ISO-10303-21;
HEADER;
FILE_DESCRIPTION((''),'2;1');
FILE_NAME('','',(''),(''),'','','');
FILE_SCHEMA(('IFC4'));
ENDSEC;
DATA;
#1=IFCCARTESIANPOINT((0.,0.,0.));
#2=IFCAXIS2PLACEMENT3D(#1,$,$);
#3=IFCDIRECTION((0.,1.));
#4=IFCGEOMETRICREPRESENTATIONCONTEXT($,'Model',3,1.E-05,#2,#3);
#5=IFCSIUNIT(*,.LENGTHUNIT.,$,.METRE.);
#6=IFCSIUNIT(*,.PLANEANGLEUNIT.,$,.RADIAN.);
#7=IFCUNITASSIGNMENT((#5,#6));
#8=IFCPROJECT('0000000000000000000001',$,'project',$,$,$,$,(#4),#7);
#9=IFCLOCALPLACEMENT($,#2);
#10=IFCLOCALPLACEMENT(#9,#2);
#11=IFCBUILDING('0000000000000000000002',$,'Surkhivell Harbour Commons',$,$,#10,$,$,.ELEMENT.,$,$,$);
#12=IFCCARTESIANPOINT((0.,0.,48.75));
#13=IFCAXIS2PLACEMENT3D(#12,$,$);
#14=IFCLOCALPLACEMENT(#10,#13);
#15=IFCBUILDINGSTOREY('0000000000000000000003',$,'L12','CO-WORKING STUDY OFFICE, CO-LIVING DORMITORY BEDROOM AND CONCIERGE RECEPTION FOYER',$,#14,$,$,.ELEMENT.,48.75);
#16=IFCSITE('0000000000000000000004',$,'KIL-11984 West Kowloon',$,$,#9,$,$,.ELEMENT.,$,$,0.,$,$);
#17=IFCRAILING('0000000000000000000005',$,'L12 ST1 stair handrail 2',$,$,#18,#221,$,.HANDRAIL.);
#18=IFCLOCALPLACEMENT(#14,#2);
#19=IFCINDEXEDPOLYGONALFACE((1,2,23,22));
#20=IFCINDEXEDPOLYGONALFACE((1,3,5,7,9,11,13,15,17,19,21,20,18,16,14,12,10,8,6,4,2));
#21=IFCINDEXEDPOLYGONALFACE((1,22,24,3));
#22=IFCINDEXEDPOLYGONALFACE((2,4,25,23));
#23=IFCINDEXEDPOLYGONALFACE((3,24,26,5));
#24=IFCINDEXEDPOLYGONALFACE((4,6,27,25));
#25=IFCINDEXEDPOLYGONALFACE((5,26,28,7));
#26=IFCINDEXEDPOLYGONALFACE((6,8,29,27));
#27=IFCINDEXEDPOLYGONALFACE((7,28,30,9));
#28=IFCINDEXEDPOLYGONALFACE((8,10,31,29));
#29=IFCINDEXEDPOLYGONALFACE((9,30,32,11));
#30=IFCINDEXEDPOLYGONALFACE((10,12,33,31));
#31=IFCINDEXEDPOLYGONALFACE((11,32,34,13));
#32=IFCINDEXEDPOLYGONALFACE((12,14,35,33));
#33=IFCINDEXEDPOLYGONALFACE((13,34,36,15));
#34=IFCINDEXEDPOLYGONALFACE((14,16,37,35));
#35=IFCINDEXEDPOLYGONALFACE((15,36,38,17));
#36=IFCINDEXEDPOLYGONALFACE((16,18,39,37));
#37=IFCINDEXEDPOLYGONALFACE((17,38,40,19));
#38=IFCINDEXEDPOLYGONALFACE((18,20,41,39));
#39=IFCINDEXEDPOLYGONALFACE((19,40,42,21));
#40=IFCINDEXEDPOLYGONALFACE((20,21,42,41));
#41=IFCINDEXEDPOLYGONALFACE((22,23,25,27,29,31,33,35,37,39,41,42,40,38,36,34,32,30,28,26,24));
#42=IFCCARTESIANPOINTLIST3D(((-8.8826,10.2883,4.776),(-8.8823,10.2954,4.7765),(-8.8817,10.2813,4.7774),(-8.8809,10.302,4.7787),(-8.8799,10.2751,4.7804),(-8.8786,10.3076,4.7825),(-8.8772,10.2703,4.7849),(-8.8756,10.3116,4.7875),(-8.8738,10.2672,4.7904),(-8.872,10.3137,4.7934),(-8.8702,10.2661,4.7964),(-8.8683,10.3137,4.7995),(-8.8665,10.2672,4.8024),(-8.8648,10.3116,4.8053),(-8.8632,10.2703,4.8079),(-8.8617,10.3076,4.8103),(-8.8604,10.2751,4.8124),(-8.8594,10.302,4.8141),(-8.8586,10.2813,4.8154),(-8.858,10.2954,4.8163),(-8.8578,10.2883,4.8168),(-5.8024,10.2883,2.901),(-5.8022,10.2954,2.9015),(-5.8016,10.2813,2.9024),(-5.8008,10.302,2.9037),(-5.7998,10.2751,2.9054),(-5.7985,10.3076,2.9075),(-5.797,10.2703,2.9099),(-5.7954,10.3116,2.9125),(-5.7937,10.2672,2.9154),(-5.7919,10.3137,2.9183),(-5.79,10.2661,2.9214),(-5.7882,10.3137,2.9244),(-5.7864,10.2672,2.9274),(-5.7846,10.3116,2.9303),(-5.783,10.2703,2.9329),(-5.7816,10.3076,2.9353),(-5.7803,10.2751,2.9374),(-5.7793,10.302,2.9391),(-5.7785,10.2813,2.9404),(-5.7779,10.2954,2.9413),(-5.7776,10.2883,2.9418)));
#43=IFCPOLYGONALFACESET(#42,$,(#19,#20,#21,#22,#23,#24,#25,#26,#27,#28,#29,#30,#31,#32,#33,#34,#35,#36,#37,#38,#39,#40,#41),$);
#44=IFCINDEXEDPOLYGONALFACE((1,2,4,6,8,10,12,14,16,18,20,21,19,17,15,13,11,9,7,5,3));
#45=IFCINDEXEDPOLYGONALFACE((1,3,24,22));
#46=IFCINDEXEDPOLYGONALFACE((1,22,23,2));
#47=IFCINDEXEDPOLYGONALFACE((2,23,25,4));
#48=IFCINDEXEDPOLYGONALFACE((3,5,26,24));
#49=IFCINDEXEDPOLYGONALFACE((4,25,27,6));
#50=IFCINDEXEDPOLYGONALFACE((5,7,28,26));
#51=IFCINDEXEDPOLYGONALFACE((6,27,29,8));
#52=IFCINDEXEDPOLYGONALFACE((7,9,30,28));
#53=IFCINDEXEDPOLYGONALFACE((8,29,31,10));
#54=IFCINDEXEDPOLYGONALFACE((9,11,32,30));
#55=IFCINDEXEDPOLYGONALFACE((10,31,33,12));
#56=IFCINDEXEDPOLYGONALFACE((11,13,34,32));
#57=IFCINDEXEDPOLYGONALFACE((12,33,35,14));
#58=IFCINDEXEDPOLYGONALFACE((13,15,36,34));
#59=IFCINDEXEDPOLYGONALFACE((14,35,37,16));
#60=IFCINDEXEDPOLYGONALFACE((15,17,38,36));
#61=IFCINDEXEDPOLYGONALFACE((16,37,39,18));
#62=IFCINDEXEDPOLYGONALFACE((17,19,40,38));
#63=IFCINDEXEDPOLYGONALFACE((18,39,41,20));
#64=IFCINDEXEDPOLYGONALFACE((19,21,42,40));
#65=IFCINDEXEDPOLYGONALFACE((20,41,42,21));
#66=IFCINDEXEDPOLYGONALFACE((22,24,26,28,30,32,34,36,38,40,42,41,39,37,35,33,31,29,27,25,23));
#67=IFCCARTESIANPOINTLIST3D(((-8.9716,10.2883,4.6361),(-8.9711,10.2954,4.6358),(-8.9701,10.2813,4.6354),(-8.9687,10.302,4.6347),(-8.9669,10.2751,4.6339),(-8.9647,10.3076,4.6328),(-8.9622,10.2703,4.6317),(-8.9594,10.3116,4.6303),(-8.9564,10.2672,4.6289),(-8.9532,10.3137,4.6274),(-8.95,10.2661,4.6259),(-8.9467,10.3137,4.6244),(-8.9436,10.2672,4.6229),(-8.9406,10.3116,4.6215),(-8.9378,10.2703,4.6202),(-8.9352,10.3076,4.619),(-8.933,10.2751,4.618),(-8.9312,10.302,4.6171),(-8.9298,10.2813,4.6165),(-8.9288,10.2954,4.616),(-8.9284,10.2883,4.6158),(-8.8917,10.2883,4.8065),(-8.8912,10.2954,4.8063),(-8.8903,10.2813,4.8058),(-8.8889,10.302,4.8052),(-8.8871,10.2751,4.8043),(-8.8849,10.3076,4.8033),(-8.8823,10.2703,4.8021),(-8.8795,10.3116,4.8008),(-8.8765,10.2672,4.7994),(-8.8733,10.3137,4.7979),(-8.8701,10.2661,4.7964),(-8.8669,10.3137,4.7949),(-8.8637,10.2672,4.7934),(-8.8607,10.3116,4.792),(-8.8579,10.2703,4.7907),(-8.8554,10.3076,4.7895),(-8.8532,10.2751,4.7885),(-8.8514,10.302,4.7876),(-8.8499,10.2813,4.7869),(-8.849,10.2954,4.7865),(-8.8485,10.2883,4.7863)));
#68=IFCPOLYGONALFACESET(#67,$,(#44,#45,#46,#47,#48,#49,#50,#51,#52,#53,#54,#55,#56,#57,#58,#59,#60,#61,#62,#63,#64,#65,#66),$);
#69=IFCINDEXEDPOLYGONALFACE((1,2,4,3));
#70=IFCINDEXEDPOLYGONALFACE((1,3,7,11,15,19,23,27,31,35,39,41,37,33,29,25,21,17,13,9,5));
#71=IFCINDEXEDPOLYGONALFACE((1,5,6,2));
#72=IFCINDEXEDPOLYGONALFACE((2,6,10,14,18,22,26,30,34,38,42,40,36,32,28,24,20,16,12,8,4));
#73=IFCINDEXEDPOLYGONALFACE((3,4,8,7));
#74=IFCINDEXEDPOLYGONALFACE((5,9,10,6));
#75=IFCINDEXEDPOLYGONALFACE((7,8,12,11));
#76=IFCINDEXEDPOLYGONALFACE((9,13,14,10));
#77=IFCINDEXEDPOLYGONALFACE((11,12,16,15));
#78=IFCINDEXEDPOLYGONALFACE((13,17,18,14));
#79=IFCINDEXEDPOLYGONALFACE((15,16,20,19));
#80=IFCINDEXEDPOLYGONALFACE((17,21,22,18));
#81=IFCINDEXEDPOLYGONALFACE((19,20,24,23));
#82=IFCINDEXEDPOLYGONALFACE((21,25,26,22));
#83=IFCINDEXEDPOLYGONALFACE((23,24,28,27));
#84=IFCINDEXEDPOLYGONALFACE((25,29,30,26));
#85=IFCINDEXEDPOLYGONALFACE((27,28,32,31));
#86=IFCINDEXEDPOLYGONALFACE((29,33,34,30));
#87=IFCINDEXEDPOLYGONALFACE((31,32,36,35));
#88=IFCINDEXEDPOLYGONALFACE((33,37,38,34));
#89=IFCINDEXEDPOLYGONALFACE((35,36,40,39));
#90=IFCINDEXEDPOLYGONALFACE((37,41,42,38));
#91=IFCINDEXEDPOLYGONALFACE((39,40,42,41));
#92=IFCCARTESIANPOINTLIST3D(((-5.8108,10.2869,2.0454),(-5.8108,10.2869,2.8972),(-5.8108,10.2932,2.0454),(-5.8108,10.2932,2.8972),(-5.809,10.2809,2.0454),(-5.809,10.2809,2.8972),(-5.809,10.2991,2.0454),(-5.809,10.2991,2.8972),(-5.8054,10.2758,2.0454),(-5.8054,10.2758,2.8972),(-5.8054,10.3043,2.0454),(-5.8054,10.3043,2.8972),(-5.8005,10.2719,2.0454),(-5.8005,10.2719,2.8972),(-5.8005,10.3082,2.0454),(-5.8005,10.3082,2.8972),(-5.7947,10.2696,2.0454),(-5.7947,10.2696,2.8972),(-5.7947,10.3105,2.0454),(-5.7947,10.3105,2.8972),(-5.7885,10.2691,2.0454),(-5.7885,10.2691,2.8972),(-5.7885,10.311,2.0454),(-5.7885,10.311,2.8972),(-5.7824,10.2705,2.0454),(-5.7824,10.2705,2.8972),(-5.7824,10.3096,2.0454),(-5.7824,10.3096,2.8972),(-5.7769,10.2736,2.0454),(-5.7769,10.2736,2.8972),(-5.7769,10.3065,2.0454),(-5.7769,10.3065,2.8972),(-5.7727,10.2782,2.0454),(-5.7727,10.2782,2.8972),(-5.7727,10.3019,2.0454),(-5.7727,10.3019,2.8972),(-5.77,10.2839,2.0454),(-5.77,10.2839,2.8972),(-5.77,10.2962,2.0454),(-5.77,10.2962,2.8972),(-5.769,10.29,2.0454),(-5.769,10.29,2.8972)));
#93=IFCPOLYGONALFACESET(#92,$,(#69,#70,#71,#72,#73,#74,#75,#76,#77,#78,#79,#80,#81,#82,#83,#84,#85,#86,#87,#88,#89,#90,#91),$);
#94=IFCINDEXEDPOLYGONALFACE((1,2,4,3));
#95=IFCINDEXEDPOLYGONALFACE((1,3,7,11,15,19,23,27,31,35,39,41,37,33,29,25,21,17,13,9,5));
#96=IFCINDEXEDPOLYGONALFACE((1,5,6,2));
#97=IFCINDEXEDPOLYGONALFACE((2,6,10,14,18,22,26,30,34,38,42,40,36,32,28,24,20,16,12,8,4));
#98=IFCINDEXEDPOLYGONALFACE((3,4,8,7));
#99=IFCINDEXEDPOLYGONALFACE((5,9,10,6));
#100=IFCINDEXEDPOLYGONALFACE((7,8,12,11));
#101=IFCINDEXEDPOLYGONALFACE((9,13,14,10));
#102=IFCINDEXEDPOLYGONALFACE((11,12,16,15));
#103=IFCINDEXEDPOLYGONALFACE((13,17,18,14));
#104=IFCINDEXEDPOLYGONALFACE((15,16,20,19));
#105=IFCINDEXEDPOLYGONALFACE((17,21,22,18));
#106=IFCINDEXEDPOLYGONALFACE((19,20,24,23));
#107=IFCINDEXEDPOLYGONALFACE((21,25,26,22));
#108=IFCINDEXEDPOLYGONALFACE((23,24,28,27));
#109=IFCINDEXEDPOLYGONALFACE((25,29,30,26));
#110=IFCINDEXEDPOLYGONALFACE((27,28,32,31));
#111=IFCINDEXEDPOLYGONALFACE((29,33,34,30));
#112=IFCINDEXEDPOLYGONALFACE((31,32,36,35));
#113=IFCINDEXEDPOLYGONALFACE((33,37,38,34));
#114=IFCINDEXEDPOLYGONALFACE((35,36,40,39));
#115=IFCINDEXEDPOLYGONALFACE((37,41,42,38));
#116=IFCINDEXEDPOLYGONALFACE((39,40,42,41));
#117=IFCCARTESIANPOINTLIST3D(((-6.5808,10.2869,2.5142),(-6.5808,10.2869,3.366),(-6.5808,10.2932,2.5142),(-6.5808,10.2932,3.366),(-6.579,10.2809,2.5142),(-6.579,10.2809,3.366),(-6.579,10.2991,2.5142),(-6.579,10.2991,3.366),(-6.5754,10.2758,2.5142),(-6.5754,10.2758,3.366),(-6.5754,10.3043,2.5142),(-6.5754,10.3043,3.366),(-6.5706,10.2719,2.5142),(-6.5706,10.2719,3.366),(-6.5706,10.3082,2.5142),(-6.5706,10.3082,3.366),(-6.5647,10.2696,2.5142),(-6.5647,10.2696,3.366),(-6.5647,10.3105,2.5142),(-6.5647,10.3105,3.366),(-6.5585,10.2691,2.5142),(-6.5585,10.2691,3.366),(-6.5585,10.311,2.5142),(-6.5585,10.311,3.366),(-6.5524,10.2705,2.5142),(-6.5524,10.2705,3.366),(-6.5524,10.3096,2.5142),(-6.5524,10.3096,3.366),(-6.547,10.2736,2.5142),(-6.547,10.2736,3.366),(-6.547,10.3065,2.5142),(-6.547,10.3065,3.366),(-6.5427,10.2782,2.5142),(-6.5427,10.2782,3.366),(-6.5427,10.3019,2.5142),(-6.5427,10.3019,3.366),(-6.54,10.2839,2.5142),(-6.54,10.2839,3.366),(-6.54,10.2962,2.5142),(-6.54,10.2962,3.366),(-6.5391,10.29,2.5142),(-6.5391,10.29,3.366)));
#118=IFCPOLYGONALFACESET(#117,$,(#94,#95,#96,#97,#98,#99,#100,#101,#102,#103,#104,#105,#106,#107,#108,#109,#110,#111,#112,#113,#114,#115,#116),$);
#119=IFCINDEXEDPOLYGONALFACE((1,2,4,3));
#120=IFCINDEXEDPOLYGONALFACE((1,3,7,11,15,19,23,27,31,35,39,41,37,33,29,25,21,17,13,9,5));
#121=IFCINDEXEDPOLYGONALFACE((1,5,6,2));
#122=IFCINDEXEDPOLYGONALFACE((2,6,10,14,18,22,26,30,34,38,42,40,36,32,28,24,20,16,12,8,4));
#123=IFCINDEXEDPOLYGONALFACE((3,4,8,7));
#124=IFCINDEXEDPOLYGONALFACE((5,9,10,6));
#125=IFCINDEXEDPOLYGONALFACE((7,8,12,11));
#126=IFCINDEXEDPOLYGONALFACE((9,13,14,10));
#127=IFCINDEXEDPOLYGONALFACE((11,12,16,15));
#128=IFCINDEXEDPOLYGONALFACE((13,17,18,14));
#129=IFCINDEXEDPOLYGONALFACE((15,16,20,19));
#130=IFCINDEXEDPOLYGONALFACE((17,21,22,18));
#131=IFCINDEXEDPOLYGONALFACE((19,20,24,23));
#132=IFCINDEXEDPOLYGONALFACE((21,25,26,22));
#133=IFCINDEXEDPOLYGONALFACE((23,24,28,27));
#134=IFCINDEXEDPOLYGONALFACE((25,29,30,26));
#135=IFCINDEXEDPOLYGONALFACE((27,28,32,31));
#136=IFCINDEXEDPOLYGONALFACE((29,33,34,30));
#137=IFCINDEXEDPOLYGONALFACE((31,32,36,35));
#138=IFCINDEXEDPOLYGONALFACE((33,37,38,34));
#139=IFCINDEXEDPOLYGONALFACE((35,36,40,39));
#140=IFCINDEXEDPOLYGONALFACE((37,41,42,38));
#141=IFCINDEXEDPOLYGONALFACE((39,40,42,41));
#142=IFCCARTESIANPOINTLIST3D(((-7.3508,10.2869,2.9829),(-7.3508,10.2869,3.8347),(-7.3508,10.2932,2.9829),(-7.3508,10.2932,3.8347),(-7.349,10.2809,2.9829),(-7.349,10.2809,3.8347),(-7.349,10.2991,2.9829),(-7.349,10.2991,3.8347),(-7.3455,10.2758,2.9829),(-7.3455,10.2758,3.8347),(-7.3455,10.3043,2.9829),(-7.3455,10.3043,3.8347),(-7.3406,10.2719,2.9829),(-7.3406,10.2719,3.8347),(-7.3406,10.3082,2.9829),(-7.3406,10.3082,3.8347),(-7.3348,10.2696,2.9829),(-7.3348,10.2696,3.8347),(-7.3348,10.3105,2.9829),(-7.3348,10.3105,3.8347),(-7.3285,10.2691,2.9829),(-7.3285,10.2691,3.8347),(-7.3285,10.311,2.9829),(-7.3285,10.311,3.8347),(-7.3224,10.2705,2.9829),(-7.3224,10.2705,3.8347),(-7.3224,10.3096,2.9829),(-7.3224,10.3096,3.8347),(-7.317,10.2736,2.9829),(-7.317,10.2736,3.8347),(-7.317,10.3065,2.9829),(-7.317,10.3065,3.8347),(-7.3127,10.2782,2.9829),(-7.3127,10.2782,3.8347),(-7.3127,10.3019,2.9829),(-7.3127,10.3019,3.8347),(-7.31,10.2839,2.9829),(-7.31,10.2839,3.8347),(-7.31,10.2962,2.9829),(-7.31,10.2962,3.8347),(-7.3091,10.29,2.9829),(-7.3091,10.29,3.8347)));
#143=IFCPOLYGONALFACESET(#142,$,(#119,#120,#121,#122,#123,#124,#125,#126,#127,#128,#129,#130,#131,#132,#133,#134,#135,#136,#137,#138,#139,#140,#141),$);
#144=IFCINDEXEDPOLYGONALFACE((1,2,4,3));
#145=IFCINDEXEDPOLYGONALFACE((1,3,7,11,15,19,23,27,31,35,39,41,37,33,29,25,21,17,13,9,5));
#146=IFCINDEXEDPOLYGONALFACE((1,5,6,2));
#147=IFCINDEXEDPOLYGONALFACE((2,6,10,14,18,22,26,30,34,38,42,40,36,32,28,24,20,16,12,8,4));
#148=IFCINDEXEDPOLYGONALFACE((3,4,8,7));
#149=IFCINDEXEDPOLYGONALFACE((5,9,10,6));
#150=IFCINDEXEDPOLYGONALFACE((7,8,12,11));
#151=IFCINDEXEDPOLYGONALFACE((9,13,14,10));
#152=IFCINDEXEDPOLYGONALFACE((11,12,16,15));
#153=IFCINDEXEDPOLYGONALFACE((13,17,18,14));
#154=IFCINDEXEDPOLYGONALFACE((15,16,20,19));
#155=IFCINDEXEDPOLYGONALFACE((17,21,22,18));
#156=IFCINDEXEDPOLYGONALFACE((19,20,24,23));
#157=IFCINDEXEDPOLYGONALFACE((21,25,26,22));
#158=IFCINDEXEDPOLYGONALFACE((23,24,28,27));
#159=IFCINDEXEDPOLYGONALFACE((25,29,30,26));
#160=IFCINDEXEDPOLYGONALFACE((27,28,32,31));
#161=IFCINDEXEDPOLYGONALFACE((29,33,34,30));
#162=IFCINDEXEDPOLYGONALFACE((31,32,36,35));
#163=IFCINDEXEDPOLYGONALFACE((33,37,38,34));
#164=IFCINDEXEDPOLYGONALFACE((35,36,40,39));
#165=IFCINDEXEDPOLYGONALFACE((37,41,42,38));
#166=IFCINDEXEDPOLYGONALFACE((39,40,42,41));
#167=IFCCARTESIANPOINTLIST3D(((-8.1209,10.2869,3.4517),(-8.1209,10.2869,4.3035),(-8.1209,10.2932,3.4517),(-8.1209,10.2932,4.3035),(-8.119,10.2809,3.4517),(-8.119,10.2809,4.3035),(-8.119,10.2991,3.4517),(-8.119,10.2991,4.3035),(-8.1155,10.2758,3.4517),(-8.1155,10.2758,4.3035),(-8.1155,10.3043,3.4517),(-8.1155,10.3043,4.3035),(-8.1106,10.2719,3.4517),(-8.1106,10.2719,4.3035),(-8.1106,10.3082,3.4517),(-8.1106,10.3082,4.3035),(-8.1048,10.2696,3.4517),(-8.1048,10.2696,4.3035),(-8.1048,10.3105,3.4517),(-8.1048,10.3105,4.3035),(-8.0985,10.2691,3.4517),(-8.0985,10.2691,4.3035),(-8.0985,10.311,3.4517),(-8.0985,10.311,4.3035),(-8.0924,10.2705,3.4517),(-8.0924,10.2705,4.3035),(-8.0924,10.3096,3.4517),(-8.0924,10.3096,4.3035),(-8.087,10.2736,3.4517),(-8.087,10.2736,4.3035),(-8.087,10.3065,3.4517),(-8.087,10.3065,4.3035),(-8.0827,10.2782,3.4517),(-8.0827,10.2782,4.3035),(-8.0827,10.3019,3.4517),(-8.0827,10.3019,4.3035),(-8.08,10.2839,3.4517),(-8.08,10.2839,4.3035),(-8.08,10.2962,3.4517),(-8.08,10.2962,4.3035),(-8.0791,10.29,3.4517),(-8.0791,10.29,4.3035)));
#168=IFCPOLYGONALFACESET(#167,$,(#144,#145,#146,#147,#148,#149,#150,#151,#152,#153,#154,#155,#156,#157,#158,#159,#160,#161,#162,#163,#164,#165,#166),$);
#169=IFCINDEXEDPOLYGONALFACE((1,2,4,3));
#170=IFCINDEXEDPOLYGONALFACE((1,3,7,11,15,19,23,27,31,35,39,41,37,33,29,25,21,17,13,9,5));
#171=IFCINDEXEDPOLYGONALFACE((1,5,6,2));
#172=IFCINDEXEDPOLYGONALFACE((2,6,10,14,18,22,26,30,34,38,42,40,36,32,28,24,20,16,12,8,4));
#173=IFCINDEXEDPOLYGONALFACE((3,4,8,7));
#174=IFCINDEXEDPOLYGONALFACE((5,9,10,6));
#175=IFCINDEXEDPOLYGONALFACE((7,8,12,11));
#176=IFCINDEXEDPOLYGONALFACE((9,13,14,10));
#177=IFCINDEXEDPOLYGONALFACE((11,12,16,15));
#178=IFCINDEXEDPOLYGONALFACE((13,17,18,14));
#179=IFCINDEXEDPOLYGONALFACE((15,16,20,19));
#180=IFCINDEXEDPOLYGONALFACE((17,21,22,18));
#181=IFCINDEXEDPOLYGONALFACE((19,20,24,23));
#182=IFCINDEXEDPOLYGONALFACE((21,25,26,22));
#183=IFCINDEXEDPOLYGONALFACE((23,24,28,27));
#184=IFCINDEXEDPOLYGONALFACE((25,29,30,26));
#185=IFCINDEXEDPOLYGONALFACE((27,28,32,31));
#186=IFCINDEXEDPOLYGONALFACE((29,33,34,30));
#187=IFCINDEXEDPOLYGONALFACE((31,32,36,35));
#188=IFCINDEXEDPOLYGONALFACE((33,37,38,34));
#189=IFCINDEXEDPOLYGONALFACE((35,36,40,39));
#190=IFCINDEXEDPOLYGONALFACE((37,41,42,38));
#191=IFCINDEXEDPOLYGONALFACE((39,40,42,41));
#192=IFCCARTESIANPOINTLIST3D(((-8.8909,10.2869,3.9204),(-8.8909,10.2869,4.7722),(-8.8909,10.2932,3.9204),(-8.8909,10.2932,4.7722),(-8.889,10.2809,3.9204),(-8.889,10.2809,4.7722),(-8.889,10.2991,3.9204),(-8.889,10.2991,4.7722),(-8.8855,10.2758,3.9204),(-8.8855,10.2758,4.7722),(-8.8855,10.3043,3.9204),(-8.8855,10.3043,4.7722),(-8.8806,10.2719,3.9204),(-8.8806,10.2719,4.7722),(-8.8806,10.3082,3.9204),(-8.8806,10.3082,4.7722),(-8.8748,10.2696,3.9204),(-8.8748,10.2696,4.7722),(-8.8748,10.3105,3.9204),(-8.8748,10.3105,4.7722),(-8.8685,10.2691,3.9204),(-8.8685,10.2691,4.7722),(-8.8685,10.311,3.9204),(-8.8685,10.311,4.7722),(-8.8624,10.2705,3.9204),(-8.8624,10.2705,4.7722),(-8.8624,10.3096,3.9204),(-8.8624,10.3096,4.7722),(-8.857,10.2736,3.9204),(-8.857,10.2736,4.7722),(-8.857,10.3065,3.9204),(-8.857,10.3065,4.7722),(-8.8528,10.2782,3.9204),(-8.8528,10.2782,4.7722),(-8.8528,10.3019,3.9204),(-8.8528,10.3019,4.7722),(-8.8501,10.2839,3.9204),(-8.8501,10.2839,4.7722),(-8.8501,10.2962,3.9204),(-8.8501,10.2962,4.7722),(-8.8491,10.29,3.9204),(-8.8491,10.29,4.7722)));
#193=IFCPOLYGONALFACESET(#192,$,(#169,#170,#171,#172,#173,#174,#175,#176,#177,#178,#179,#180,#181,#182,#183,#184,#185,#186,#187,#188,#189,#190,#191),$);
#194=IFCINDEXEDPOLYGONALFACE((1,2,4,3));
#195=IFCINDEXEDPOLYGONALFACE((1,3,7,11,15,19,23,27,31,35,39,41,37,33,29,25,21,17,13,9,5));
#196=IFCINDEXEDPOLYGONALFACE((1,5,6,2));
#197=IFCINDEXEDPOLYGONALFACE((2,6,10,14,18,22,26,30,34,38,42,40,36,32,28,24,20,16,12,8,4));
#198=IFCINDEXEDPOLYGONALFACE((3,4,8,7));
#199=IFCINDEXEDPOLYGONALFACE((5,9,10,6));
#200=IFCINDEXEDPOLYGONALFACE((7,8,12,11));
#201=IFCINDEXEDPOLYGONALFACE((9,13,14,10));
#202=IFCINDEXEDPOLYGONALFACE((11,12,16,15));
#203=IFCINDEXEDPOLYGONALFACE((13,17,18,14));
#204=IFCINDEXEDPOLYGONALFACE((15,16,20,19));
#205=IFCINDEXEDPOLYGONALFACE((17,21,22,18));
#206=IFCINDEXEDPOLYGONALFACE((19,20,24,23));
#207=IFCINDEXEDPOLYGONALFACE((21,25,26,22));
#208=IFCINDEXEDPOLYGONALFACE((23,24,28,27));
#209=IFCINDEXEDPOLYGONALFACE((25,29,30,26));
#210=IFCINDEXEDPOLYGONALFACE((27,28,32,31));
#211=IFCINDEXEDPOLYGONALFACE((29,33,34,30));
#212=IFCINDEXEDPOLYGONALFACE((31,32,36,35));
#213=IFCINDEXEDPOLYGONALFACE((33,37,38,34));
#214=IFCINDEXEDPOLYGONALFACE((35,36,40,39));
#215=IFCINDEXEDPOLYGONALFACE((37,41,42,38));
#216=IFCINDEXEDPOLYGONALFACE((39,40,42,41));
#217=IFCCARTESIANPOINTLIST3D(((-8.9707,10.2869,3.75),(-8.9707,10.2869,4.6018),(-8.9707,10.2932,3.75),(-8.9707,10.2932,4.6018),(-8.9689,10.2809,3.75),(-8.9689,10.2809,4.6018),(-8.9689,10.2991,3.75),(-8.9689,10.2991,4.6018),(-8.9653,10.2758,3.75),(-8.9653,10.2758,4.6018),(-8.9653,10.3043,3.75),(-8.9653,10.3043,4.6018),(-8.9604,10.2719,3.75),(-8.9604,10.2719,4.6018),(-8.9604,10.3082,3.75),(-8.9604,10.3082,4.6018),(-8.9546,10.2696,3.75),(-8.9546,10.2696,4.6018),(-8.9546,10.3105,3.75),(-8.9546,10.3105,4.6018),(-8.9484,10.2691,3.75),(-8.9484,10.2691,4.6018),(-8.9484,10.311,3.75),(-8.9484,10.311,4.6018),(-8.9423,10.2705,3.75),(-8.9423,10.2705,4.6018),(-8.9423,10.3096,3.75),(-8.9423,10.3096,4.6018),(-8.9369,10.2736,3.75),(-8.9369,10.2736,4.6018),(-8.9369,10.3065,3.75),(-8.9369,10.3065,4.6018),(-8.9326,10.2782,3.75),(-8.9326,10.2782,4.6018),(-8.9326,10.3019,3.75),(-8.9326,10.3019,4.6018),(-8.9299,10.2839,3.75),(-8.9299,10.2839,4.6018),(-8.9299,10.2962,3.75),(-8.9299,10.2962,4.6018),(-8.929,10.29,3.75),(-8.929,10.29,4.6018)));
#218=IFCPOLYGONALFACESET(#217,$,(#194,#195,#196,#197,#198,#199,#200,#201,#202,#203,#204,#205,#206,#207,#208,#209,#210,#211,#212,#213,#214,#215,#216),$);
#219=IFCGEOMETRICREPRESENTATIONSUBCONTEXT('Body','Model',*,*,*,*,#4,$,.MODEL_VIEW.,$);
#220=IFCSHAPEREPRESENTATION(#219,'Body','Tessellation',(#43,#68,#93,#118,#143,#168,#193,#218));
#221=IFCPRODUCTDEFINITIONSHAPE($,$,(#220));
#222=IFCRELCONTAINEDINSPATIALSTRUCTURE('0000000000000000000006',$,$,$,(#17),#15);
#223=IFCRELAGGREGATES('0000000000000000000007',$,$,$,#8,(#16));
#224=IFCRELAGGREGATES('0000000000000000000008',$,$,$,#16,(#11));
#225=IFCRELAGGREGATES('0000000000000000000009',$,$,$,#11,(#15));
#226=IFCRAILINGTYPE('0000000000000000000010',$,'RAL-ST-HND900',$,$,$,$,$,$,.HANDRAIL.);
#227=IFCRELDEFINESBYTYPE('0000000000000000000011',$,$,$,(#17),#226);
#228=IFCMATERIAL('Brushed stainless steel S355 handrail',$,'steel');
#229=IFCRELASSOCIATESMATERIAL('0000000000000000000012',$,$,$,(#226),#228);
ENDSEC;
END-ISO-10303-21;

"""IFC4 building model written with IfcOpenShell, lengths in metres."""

from ifc_helpers import new_model, si_unit, direction, frame, origin, origin_2d, place, context, subcontext, project, spatial, circle, extrude, material, type_object, element, save


model = new_model("IFC4")

# Units and contexts
model_context = context("Model", 3, precision=1e-05, world=origin(), true_north=direction((0.0, 1.0)))
body_context = subcontext(model_context, "Body", "Model", "MODEL_VIEW")
ifc_project = project(units=[si_unit("LENGTHUNIT", "METRE"), si_unit("PLANEANGLEUNIT", "RADIAN")], contexts=[model_context])

# Site, building, storey
site_placement = place(None, origin())
site = spatial("IfcSite", under=ifc_project, at=site_placement, Name="KIL-11984 West Kowloon", CompositionType="ELEMENT", RefElevation=0.0)
building_placement = place(site_placement, origin())
building = spatial("IfcBuilding", under=site, at=building_placement, Name="Surkhivell Harbour Commons", CompositionType="ELEMENT")
storey_placement = place(building_placement, frame((0.0, 0.0, 48.75)))
storey = spatial("IfcBuildingStorey", under=building, at=storey_placement, Name="L12", Description="CO-WORKING STUDY OFFICE, CO-LIVING DORMITORY BEDROOM AND CONCIERGE RECEPTION FOYER", CompositionType="ELEMENT", Elevation=48.75)

# Railing
ifc_material_1 = material(Name="Brushed stainless steel S355 handrail", Category="steel")
railing_type_1 = type_object("IfcRailingType", Name="RAL-ST-HND900", PredefinedType="HANDRAIL", material=ifc_material_1)
railing_1_placement = place(storey_placement, frame((-5.79, 10.29, 2.0454)))
element("IfcRailing", 1, at=railing_1_placement, inside=storey, type_object=railing_type_1, Name="L12 ST1 stair handrail 2", PredefinedType="HANDRAIL", context=body_context, shape_type="SweptSolid", body=[
    extrude(circle(Radius=0.0239, at=origin_2d()), frame((0.0, 0.0, 0.876), z_axis=(-0.854178, 0.0, 0.519981), x_axis=(0.0, -1.0, 0.0)), (0.0, 0.0, 1.0), 3.606),
    extrude(circle(Radius=0.0239, at=origin_2d()), frame((-3.0801, 0.0, 2.751), z_axis=(-0.424234, 0.0, -0.905552), x_axis=(0.0, -1.0, 0.0)), (0.0, 0.0, 1.0), 0.1882),
    extrude(circle(Radius=0.021, at=origin_2d()), origin(), (0.0, 0.0, 1.0), 0.8518),
    extrude(circle(Radius=0.021, at=origin_2d()), frame((-0.77, 0.0, 0.4688)), (0.0, 0.0, 1.0), 0.8518),
    extrude(circle(Radius=0.021, at=origin_2d()), frame((-1.54, 0.0, 0.9375)), (0.0, 0.0, 1.0), 0.8518),
    extrude(circle(Radius=0.021, at=origin_2d()), frame((-2.3101, 0.0, 1.4062)), (0.0, 0.0, 1.0), 0.8518),
    extrude(circle(Radius=0.021, at=origin_2d()), frame((-3.0801, 0.0, 1.875)), (0.0, 0.0, 1.0), 0.8518),
    extrude(circle(Radius=0.021, at=origin_2d()), frame((-3.1599, 0.0, 1.7046)), (0.0, 0.0, 1.0), 0.8518),
])

save(model, "model.ifc")
